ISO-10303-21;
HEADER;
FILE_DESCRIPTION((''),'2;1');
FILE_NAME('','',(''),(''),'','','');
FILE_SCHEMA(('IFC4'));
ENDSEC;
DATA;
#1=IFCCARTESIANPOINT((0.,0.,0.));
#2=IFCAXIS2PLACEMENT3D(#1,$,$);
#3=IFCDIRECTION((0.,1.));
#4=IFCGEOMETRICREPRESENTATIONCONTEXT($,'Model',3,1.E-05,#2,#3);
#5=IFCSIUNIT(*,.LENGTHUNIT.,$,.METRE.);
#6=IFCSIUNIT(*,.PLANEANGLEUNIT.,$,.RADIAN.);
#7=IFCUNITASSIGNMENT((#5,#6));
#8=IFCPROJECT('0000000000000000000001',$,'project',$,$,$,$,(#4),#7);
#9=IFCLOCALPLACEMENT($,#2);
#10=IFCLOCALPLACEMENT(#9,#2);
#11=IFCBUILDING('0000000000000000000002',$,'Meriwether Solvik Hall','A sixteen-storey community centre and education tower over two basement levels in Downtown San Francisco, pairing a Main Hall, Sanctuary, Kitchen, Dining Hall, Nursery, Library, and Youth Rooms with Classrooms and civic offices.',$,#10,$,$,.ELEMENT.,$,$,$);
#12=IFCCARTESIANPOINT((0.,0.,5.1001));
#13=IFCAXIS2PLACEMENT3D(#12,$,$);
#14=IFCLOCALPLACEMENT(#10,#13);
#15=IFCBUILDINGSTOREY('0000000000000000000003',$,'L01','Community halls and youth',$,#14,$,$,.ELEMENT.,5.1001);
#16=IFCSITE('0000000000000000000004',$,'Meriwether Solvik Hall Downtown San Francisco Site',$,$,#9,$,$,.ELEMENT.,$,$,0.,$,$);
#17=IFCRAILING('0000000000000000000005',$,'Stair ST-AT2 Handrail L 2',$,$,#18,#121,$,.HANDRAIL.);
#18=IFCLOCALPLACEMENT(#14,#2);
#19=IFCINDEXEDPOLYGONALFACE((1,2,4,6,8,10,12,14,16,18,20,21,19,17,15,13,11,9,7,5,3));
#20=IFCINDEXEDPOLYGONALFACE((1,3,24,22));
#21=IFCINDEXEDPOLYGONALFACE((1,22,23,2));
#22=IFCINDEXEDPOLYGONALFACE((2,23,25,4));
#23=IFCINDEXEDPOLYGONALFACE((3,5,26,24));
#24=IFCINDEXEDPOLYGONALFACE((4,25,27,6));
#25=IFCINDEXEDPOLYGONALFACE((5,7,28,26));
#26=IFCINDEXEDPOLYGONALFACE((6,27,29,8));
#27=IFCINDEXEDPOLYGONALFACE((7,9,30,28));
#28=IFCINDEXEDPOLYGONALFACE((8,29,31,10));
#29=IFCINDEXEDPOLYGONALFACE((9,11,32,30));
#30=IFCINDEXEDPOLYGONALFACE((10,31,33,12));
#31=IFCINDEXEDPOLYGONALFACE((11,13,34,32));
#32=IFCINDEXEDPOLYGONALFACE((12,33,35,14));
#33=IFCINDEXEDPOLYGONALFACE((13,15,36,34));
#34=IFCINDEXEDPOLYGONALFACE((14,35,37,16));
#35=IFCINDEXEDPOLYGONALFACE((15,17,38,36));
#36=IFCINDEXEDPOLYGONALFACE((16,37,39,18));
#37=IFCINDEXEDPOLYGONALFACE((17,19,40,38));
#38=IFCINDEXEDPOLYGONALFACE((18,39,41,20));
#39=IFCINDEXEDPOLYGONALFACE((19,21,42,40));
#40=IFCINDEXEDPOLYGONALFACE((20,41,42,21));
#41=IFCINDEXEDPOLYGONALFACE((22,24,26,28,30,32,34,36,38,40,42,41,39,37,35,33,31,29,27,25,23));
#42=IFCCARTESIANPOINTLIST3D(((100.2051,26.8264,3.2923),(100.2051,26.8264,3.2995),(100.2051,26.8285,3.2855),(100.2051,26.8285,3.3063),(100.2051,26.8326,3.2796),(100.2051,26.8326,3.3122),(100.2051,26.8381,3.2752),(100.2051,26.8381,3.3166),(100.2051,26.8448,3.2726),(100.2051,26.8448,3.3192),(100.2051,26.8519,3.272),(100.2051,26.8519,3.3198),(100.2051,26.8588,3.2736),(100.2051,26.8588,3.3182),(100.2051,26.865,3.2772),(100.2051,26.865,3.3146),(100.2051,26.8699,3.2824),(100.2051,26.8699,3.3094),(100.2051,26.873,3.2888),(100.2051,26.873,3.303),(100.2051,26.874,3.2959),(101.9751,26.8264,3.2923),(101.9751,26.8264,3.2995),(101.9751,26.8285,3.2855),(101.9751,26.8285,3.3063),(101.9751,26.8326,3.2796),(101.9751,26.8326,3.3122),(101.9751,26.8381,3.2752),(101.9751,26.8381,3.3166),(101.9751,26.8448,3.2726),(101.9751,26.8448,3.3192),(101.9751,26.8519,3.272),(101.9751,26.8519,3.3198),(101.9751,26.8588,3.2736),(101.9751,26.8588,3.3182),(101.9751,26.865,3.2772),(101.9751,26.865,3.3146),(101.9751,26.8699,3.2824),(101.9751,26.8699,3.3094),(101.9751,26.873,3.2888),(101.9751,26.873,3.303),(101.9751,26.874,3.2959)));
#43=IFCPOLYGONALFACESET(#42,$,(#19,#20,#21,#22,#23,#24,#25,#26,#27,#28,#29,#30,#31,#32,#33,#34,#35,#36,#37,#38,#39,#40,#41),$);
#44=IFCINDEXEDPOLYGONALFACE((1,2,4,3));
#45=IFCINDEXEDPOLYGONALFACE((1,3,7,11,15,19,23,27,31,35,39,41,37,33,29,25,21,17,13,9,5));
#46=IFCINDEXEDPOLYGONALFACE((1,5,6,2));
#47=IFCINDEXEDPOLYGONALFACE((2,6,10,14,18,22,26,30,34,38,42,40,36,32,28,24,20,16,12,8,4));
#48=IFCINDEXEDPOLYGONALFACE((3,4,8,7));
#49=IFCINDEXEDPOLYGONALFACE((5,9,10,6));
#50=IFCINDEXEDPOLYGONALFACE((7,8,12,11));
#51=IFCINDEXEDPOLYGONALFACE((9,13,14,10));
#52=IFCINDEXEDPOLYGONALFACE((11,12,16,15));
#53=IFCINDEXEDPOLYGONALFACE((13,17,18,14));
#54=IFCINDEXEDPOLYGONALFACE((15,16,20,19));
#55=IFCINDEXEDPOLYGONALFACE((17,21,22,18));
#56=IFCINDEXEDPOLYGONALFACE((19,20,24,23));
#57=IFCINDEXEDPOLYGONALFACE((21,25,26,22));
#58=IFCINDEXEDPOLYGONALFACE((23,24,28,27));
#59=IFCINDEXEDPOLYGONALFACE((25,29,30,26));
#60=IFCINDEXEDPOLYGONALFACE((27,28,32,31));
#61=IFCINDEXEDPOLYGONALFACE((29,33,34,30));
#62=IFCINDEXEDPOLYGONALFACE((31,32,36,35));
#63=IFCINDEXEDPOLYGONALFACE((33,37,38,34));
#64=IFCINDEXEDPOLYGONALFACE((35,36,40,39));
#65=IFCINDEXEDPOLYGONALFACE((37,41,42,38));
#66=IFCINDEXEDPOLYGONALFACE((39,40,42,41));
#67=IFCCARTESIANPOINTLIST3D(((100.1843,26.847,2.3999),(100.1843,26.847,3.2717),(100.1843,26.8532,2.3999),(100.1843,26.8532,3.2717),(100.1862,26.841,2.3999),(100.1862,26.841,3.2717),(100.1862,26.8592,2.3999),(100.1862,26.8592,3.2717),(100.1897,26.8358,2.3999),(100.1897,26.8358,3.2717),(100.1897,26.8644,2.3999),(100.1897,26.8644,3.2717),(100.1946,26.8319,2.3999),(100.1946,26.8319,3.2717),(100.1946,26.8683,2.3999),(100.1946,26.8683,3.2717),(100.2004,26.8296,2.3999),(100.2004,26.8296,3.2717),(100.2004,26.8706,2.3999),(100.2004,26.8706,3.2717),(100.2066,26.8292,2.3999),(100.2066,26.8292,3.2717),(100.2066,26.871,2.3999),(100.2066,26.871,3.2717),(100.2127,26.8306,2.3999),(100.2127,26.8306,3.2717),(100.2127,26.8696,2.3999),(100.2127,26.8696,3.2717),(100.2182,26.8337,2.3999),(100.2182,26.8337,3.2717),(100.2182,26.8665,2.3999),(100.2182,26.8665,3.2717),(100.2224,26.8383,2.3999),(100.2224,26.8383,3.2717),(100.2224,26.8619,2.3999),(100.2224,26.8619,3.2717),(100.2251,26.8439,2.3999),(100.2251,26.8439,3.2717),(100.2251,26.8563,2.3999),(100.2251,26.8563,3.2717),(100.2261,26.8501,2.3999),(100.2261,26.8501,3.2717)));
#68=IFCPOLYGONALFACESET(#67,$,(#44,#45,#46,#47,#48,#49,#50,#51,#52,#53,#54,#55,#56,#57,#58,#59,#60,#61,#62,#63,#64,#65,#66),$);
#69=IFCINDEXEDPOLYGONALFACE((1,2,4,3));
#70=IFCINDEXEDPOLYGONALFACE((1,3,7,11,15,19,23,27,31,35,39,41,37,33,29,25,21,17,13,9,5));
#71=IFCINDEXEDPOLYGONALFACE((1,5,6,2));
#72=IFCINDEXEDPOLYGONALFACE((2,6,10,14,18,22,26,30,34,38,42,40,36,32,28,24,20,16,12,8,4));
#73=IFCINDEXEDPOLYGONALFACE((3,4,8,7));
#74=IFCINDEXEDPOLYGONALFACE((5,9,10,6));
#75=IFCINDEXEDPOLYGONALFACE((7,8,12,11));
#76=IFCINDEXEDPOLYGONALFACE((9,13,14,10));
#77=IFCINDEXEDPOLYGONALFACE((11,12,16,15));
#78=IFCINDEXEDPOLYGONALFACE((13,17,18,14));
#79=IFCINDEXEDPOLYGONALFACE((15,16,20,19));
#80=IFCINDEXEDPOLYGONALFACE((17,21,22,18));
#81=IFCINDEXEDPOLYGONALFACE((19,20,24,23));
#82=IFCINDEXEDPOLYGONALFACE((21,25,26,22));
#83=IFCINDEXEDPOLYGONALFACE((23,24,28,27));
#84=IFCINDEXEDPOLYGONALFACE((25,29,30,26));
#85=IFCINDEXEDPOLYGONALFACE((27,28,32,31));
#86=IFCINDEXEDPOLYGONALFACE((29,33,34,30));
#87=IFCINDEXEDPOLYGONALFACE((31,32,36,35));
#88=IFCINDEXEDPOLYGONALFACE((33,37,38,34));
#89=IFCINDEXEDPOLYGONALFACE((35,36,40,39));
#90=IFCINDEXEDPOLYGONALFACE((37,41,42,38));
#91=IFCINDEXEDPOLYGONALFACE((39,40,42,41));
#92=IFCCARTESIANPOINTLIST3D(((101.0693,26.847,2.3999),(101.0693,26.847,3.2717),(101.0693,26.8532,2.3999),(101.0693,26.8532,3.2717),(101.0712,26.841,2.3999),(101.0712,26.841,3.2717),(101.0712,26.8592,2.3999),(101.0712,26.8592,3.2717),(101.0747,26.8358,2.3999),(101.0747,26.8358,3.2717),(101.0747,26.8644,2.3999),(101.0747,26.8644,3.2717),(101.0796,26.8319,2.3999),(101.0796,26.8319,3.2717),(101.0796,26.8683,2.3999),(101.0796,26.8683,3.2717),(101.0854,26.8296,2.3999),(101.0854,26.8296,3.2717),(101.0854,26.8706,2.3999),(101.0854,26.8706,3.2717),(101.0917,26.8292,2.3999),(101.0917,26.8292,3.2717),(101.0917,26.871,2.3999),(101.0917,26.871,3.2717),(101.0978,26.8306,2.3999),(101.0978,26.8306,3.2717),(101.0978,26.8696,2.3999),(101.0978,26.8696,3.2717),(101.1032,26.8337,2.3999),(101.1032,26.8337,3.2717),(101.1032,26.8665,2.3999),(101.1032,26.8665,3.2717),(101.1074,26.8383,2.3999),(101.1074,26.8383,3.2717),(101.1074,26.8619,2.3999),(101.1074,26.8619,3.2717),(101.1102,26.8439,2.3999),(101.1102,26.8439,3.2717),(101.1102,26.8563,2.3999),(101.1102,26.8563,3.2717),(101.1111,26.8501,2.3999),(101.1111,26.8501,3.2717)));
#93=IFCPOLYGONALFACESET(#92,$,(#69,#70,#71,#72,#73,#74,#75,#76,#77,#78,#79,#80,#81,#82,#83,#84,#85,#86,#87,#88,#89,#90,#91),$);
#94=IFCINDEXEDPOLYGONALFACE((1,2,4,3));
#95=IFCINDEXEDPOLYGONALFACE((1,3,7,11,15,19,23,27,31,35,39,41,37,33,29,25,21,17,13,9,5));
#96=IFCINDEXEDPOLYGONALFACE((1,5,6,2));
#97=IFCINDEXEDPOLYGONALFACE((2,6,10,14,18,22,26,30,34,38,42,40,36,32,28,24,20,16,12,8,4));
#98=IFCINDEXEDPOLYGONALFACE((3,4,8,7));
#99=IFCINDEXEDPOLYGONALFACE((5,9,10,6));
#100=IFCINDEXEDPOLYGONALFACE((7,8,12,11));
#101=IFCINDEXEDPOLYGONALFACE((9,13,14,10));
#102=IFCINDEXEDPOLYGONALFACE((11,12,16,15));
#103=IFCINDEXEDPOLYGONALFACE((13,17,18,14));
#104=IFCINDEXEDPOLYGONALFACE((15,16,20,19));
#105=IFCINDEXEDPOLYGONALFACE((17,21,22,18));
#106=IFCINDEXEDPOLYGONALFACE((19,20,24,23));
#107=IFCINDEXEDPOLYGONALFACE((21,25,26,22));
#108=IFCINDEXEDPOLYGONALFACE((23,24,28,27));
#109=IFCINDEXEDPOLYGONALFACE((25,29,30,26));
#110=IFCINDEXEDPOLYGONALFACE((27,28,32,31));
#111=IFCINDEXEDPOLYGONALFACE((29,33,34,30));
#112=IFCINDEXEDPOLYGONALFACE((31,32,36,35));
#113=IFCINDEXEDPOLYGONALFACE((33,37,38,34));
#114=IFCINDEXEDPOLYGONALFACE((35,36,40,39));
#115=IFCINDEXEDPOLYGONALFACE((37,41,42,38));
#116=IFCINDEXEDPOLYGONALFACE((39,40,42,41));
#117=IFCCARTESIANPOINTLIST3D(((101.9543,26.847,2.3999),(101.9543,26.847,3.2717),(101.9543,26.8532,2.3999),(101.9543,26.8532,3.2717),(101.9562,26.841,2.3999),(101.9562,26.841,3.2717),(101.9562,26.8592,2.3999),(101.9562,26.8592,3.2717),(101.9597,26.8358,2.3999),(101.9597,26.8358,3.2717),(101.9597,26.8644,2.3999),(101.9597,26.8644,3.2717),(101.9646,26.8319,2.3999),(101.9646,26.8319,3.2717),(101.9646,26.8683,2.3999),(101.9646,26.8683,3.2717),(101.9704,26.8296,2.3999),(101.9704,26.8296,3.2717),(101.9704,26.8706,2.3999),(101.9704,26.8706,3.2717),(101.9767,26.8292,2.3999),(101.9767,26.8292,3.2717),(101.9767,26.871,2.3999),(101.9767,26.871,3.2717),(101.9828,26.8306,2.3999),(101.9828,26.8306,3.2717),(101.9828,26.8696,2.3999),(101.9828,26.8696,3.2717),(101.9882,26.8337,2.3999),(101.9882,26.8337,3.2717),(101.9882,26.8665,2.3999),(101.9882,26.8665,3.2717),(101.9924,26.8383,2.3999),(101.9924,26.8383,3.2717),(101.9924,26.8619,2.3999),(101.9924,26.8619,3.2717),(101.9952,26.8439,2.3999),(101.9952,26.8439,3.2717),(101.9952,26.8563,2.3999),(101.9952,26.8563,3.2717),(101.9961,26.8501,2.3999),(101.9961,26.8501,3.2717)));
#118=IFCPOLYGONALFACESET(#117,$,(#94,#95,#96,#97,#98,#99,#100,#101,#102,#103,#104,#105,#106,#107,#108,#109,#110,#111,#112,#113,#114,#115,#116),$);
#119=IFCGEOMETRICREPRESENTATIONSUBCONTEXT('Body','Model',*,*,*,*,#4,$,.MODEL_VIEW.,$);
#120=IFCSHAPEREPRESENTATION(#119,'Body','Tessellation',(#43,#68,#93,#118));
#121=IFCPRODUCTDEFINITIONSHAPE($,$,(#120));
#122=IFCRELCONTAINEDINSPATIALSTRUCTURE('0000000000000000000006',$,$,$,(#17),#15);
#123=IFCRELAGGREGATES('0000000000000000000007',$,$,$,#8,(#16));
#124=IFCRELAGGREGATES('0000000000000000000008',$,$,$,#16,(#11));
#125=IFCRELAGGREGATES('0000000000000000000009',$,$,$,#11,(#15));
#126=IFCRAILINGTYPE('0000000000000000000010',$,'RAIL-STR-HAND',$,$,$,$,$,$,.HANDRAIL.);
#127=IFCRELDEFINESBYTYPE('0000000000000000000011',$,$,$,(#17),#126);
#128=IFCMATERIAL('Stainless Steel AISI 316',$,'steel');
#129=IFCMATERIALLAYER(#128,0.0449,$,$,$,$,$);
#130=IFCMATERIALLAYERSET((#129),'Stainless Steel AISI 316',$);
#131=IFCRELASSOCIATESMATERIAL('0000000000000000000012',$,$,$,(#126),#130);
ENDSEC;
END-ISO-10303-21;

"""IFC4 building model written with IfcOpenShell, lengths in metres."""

from ifc_helpers import new_model, si_unit, direction, frame, origin, origin_2d, place, context, subcontext, project, spatial, circle, extrude, material, layer, layer_set, type_object, element, save


model = new_model("IFC4")

# Units and contexts
model_context = context("Model", 3, precision=1e-05, world=origin(), true_north=direction((0.0, 1.0)))
body_context = subcontext(model_context, "Body", "Model", "MODEL_VIEW")
ifc_project = project(units=[si_unit("LENGTHUNIT", "METRE"), si_unit("PLANEANGLEUNIT", "RADIAN")], contexts=[model_context])

# Site, building, storey
site_placement = place(None, origin())
site = spatial("IfcSite", under=ifc_project, at=site_placement, Name="Meriwether Solvik Hall Downtown San Francisco Site", CompositionType="ELEMENT", RefElevation=0.0)
building_placement = place(site_placement, origin())
building = spatial("IfcBuilding", under=site, at=building_placement, Name="Meriwether Solvik Hall", Description="A sixteen-storey community centre and education tower over two basement levels in Downtown San Francisco, pairing a Main Hall, Sanctuary, Kitchen, Dining Hall, Nursery, Library, and Youth Rooms with Classrooms and civic offices.", CompositionType="ELEMENT")
storey_placement = place(building_placement, frame((0.0, 0.0, 5.1001)))
storey = spatial("IfcBuildingStorey", under=building, at=storey_placement, Name="L01", Description="Community halls and youth", CompositionType="ELEMENT", Elevation=5.1001)

# Railing
ifc_material_1 = material(Name="Stainless Steel AISI 316", Category="steel")
ifc_layer_1 = layer(ifc_material_1, 0.0449)
ifc_layer_set_1 = layer_set([ifc_layer_1], Name="Stainless Steel AISI 316")
railing_type_1 = type_object("IfcRailingType", Name="RAIL-STR-HAND", PredefinedType="HANDRAIL", material=ifc_layer_set_1)
railing_1_placement = place(storey_placement, frame((100.2051, 26.8501, 2.3999)))
element("IfcRailing", 1, at=railing_1_placement, inside=storey, type_object=railing_type_1, Name="Stair ST-AT2 Handrail L 2", PredefinedType="HANDRAIL", context=body_context, shape_type="SweptSolid", body=[
    extrude(circle(Radius=0.0239, at=origin_2d()), frame((0.0, 0.0, 0.896), z_axis=(1.0, 0.0, 0.0), x_axis=(0.0, 1.0, 0.0)), (0.0, 0.0, 1.0), 1.77),
    extrude(circle(Radius=0.021, at=origin_2d()), origin(), (0.0, 0.0, 1.0), 0.8718),
    extrude(circle(Radius=0.021, at=origin_2d()), frame((0.885, 0.0, 0.0)), (0.0, 0.0, 1.0), 0.8718),
    extrude(circle(Radius=0.021, at=origin_2d()), frame((1.77, 0.0, 0.0)), (0.0, 0.0, 1.0), 0.8718),
])

save(model, "model.ifc")
